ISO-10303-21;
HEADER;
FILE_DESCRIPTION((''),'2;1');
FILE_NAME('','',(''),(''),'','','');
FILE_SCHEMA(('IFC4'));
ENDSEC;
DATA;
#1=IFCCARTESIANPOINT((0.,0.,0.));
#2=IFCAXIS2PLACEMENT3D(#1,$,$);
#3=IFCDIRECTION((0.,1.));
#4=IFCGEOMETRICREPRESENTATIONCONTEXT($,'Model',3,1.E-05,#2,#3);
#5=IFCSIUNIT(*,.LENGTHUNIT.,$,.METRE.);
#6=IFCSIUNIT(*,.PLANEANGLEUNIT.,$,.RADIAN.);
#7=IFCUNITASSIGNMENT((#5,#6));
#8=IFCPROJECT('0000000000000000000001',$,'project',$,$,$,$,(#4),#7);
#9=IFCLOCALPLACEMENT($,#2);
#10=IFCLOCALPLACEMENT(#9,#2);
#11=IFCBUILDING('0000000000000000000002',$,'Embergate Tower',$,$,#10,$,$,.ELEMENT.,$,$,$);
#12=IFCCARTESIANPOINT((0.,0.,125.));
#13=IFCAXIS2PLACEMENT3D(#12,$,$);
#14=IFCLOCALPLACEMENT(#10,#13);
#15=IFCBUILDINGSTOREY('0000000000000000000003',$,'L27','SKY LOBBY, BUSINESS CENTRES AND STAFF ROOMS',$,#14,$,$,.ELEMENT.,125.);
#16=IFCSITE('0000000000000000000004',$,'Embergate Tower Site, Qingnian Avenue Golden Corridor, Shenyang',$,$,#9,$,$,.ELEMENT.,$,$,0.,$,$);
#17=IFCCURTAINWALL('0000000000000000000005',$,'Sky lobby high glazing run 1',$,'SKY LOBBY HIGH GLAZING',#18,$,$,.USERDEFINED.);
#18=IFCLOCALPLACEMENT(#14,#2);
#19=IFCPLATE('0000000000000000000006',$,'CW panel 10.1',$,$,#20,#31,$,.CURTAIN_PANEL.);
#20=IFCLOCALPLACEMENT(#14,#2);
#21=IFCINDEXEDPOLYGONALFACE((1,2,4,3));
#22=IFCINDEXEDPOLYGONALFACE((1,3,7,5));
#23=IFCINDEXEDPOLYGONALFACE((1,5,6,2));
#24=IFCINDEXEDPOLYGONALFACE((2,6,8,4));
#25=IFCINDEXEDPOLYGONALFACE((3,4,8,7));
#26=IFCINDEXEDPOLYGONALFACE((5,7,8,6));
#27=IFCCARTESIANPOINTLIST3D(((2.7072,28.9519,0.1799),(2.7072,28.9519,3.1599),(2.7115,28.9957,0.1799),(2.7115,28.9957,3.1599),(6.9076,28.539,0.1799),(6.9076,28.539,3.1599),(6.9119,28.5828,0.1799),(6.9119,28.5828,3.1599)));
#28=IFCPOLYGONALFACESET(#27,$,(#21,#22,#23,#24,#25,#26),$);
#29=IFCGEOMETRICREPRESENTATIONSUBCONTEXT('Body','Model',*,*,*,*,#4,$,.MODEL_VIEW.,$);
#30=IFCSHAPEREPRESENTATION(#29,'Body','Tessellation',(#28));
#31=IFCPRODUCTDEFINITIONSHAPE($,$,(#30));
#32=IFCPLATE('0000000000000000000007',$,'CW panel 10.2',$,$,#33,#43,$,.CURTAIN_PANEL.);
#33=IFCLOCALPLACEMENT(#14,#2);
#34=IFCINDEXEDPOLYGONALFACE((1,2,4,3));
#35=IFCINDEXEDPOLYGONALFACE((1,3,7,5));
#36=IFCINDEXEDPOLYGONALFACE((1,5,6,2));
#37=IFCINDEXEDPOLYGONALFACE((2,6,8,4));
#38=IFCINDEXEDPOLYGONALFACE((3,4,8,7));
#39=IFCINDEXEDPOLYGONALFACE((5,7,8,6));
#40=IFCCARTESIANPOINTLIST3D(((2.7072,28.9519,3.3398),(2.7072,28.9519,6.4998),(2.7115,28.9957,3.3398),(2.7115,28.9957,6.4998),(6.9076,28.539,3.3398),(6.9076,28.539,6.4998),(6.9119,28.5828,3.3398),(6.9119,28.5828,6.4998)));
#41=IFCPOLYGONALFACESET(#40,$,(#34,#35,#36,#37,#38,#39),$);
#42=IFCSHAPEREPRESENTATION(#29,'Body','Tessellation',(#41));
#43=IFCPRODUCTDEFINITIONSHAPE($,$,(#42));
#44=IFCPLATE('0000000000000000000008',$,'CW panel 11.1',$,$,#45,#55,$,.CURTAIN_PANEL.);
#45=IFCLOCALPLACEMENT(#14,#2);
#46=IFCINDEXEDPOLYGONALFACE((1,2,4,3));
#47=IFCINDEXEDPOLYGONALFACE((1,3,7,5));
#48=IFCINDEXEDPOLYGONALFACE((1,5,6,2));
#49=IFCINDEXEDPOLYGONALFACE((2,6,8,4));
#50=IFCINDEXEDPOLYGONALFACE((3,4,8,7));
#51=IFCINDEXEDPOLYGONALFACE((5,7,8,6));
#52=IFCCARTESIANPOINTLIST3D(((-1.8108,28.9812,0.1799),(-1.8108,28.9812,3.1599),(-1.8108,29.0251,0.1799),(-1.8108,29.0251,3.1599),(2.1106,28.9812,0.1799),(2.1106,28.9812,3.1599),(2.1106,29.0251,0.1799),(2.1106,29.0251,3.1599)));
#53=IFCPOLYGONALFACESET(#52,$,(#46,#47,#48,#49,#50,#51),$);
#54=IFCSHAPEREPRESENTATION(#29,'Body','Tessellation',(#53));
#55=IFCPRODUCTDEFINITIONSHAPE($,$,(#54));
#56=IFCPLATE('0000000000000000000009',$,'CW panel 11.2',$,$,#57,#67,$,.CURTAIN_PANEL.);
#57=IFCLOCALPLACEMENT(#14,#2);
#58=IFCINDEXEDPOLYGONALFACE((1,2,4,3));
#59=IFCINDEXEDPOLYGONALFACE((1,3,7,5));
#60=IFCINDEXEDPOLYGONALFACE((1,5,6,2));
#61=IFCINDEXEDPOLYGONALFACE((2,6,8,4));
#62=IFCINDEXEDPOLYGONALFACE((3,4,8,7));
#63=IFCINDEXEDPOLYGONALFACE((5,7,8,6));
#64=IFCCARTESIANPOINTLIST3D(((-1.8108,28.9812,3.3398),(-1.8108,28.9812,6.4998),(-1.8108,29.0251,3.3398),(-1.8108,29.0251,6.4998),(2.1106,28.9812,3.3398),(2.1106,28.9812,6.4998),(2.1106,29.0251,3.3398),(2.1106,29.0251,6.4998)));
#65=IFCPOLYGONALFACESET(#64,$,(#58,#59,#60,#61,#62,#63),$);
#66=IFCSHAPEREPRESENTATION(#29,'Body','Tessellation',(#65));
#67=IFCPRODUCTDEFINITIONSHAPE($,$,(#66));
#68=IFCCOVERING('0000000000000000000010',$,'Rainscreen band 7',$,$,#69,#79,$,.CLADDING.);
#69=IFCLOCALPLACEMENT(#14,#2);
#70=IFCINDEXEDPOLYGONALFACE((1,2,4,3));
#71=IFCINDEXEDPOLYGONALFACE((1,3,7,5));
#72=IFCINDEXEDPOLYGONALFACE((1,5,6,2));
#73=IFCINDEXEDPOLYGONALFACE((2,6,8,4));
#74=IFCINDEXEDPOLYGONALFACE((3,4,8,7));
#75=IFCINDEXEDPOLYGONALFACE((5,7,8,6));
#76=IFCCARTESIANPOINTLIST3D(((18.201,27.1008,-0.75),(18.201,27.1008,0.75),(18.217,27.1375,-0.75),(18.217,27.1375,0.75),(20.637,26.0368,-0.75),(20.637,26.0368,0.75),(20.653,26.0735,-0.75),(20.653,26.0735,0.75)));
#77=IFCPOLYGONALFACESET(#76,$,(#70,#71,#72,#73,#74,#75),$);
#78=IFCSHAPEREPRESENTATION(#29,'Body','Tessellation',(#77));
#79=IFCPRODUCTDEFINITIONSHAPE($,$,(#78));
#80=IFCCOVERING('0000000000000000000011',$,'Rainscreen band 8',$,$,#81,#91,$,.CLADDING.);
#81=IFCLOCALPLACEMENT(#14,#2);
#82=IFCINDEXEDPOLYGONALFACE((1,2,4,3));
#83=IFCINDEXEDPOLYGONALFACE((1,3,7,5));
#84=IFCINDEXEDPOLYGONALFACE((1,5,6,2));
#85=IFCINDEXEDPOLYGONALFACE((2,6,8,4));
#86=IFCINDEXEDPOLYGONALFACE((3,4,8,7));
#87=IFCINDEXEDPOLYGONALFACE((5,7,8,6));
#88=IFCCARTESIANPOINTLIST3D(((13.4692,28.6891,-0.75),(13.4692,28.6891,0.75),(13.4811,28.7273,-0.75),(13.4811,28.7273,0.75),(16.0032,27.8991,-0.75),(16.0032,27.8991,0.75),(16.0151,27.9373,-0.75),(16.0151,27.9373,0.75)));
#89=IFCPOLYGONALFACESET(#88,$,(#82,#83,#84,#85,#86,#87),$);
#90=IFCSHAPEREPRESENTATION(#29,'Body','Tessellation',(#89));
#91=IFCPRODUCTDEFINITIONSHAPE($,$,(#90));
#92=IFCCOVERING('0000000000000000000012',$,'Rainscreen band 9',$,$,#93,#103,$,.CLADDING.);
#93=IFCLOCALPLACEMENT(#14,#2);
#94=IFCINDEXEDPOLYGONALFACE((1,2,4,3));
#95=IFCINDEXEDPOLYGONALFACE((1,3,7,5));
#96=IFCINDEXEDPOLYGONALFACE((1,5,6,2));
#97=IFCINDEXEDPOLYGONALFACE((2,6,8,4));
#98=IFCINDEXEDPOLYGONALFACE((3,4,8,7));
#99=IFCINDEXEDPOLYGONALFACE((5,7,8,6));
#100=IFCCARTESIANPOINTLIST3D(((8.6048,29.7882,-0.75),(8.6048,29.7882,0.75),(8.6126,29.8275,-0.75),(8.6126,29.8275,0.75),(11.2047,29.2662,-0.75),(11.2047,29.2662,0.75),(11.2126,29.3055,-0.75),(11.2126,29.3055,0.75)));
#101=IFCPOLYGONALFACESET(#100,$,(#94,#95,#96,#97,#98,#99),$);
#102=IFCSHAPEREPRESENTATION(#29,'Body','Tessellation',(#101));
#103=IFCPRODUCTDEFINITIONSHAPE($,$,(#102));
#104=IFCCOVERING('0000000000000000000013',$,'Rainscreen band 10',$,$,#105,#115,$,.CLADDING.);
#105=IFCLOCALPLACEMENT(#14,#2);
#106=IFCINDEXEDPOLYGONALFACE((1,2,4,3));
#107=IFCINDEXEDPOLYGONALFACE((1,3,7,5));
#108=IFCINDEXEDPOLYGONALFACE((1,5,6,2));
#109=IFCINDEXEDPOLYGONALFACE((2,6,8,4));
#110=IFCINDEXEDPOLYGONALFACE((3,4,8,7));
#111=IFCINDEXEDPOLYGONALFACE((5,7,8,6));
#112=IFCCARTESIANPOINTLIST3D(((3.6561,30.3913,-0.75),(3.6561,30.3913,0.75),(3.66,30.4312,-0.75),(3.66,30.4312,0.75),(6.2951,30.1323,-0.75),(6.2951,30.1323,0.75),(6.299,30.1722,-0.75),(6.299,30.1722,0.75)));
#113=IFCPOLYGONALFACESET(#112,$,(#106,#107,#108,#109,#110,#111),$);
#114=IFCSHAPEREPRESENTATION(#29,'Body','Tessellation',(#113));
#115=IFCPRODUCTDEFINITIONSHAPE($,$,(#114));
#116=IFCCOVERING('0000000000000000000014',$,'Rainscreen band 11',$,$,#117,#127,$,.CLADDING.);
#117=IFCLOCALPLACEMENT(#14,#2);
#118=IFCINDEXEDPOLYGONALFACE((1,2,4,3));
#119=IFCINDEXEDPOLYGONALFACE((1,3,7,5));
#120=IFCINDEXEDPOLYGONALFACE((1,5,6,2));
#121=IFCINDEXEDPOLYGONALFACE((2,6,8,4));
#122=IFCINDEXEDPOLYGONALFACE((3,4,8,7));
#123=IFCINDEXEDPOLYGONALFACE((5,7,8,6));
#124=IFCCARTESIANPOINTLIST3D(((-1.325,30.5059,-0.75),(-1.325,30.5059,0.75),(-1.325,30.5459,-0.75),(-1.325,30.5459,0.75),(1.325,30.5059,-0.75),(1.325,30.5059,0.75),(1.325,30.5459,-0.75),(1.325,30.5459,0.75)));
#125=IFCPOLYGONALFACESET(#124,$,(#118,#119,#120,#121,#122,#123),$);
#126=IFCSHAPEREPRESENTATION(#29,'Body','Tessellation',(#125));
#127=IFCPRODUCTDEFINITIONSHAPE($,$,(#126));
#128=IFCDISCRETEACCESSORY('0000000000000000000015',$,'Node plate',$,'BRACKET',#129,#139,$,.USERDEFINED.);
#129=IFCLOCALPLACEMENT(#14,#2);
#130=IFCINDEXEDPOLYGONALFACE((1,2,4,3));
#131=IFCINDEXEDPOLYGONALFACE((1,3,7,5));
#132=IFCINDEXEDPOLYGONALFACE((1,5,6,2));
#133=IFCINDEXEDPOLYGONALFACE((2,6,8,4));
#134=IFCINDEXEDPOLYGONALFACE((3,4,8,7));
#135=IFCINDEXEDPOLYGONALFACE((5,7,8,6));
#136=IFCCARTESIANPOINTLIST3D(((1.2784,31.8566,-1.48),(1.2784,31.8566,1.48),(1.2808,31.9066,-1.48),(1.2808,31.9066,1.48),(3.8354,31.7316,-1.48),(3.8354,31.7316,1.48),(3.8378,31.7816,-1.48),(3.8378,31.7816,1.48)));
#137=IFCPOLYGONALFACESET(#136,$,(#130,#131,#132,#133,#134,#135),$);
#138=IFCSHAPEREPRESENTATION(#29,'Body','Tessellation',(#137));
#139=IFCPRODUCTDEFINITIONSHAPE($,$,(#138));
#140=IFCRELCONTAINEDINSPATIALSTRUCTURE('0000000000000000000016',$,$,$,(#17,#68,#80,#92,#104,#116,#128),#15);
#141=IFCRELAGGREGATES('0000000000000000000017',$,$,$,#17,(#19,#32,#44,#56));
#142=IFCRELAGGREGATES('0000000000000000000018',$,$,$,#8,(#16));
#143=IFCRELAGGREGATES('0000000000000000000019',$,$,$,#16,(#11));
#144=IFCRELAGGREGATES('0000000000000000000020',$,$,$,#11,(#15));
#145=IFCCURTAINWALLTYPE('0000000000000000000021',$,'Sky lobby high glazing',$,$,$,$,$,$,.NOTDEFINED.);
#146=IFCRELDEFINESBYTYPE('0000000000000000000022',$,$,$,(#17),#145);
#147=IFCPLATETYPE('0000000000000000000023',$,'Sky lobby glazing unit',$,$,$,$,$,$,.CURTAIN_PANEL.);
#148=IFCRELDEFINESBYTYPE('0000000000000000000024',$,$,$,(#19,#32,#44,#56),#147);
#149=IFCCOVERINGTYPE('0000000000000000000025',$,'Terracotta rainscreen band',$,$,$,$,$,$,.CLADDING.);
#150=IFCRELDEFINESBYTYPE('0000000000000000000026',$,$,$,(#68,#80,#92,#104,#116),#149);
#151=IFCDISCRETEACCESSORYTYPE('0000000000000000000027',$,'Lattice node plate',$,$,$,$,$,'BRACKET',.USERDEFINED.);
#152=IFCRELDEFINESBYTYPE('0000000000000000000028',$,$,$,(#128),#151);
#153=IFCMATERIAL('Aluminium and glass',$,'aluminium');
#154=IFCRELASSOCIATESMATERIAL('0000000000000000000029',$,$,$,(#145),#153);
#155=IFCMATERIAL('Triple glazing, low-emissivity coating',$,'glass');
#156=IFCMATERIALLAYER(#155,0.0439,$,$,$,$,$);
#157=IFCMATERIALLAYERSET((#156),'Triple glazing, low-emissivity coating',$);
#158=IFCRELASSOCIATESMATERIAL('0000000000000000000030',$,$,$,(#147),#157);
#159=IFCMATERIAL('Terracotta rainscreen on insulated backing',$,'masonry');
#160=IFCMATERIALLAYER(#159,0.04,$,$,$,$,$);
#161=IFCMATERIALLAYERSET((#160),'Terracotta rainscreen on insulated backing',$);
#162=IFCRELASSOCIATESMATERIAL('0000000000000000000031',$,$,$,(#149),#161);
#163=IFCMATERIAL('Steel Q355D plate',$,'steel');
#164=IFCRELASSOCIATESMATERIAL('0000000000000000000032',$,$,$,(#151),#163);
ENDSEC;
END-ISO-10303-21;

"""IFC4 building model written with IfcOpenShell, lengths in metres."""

from ifc_helpers import new_model, si_unit, direction, frame, origin, origin_2d, place, context, subcontext, project, spatial, rectangle, extrude, source, transform, mapped, material, layer, layer_set, type_object, element, aggregate, save


model = new_model("IFC4")

# Units and contexts
model_context = context("Model", 3, precision=1e-05, world=origin(), true_north=direction((0.0, 1.0)))
body_context = subcontext(model_context, "Body", "Model", "MODEL_VIEW")
ifc_project = project(units=[si_unit("LENGTHUNIT", "METRE"), si_unit("PLANEANGLEUNIT", "RADIAN")], contexts=[model_context])

# Site, building, storey
site_placement = place(None, origin())
site = spatial("IfcSite", under=ifc_project, at=site_placement, Name="Embergate Tower Site, Qingnian Avenue Golden Corridor, Shenyang", CompositionType="ELEMENT", RefElevation=0.0)
building_placement = place(site_placement, origin())
building = spatial("IfcBuilding", under=site, at=building_placement, Name="Embergate Tower", CompositionType="ELEMENT")
storey_placement = place(building_placement, frame((0.0, 0.0, 125.0)))
storey = spatial("IfcBuildingStorey", under=building, at=storey_placement, Name="L27", Description="SKY LOBBY, BUSINESS CENTRES AND STAFF ROOMS", CompositionType="ELEMENT", Elevation=125.0)

# Curtain wall, plates
ifc_material_1 = material(Name="Aluminium and glass", Category="aluminium")
curtain_wall_type = type_object("IfcCurtainWallType", Name="Sky lobby high glazing", PredefinedType="NOTDEFINED", material=ifc_material_1)
curtain_wall_placement = place(storey_placement, origin())
curtain_wall = element("IfcCurtainWall", 1, at=curtain_wall_placement, inside=storey, type_object=curtain_wall_type, Name="Sky lobby high glazing run 1", ObjectType="SKY LOBBY HIGH GLAZING", PredefinedType="USERDEFINED")
ifc_material_2 = material(Name="Triple glazing, low-emissivity coating", Category="glass")
ifc_layer_1 = layer(ifc_material_2, 0.0439)
ifc_layer_set_1 = layer_set([ifc_layer_1], Name="Triple glazing, low-emissivity coating")
plate_type = type_object("IfcPlateType", Name="Sky lobby glazing unit", PredefinedType="CURTAIN_PANEL", material=ifc_layer_set_1)
shared_shape_1 = source(origin(), body_context, "Body", "SweptSolid", [
    extrude(rectangle(XDim=4.2207, YDim=0.0439, at=origin_2d()), origin(), (0.0, 0.0, 1.0), 2.98),
])
plate_1_placement = place(storey_placement, frame((4.8096, 28.7673, 0.1799), z_axis=(0.0, 0.0, 1.0), x_axis=(-0.995203, 0.097828, 0.0)))
plate_1 = element("IfcPlate", 2, at=plate_1_placement, type_object=plate_type, Name="CW panel 10.1", PredefinedType="CURTAIN_PANEL", context=body_context, shape_type="MappedRepresentation", body=[
    mapped(shared_shape_1, transform((0.0, 0.0, 0.0))),
])
shared_shape_2 = source(origin(), body_context, "Body", "SweptSolid", [
    extrude(rectangle(XDim=4.2207, YDim=0.0439, at=origin_2d()), origin(), (0.0, 0.0, 1.0), 3.1599),
])
plate_2_placement = place(storey_placement, frame((4.8096, 28.7673, 3.3398), z_axis=(0.0, 0.0, 1.0), x_axis=(-0.995203, 0.097828, 0.0)))
plate_2 = element("IfcPlate", 3, at=plate_2_placement, type_object=plate_type, Name="CW panel 10.2", PredefinedType="CURTAIN_PANEL", context=body_context, shape_type="MappedRepresentation", body=[
    mapped(shared_shape_2, transform((0.0, 0.0, 0.0))),
])
shared_shape_3 = source(origin(), body_context, "Body", "SweptSolid", [
    extrude(rectangle(XDim=3.9214, YDim=0.0439, at=origin_2d()), origin(), (0.0, 0.0, 1.0), 2.98),
])
plate_3_placement = place(storey_placement, frame((0.1499, 29.0032, 0.1799), z_axis=(0.0, 0.0, 1.0), x_axis=(-1.0, 0.0, 0.0)))
plate_3 = element("IfcPlate", 4, at=plate_3_placement, type_object=plate_type, Name="CW panel 11.1", PredefinedType="CURTAIN_PANEL", context=body_context, shape_type="MappedRepresentation", body=[
    mapped(shared_shape_3, transform((0.0, 0.0, 0.0))),
])
shared_shape_4 = source(origin(), body_context, "Body", "SweptSolid", [
    extrude(rectangle(XDim=3.9214, YDim=0.0439, at=origin_2d()), origin(), (0.0, 0.0, 1.0), 3.1599),
])
plate_4_placement = place(storey_placement, frame((0.1499, 29.0032, 3.3398), z_axis=(0.0, 0.0, 1.0), x_axis=(-1.0, 0.0, 0.0)))
plate_4 = element("IfcPlate", 5, at=plate_4_placement, type_object=plate_type, Name="CW panel 11.2", PredefinedType="CURTAIN_PANEL", context=body_context, shape_type="MappedRepresentation", body=[
    mapped(shared_shape_4, transform((0.0, 0.0, 0.0))),
])
aggregate(curtain_wall, [plate_1, plate_2, plate_3, plate_4])

# Coverings
ifc_material_3 = material(Name="Terracotta rainscreen on insulated backing", Category="masonry")
ifc_layer_2 = layer(ifc_material_3, 0.04)
ifc_layer_set_2 = layer_set([ifc_layer_2], Name="Terracotta rainscreen on insulated backing")
covering_type = type_object("IfcCoveringType", Name="Terracotta rainscreen band", PredefinedType="CLADDING", material=ifc_layer_set_2)
shared_shape_5 = source(origin(), body_context, "Body", "SweptSolid", [
    extrude(rectangle(XDim=2.6582, YDim=0.04, at=origin_2d()), origin(), (0.0, 0.0, 1.0), 1.5),
])
covering_1_placement = place(storey_placement, frame((19.427, 26.5872, -0.75), z_axis=(0.0, 0.0, 1.0), x_axis=(-0.916399, 0.400266, 0.0)))
element("IfcCovering", 6, at=covering_1_placement, inside=storey, type_object=covering_type, Name="Rainscreen band 7", PredefinedType="CLADDING", context=body_context, shape_type="MappedRepresentation", body=[
    mapped(shared_shape_5, transform((0.0, 0.0, 0.0))),
])
shared_shape_6 = source(origin(), body_context, "Body", "SweptSolid", [
    extrude(rectangle(XDim=2.6543, YDim=0.04, at=origin_2d()), origin(), (0.0, 0.0, 1.0), 1.5),
])
covering_2_placement = place(storey_placement, frame((14.7422, 28.3132, -0.75), z_axis=(0.0, 0.0, 1.0), x_axis=(-0.954681, 0.297631, 0.0)))
element("IfcCovering", 7, at=covering_2_placement, inside=storey, type_object=covering_type, Name="Rainscreen band 8", PredefinedType="CLADDING", context=body_context, shape_type="MappedRepresentation", body=[
    mapped(shared_shape_6, transform((0.0, 0.0, 0.0))),
])
shared_shape_7 = source(origin(), body_context, "Body", "SweptSolid", [
    extrude(rectangle(XDim=2.6519, YDim=0.04, at=origin_2d()), origin(), (0.0, 0.0, 1.0), 1.5),
])
covering_3_placement = place(storey_placement, frame((9.9087, 29.5469, -0.75), z_axis=(0.0, 0.0, 1.0), x_axis=(-0.980435, 0.196841, 0.0)))
element("IfcCovering", 8, at=covering_3_placement, inside=storey, type_object=covering_type, Name="Rainscreen band 9", PredefinedType="CLADDING", context=body_context, shape_type="MappedRepresentation", body=[
    mapped(shared_shape_7, transform((0.0, 0.0, 0.0))),
])
shared_shape_8 = source(origin(), body_context, "Body", "SweptSolid", [
    extrude(rectangle(XDim=2.6516, YDim=0.04, at=origin_2d()), origin(), (0.0, 0.0, 1.0), 1.5),
])
covering_4_placement = place(storey_placement, frame((4.9775, 30.2817, -0.75), z_axis=(0.0, 0.0, 1.0), x_axis=(-0.995219, 0.097673, 0.0)))
element("IfcCovering", 9, at=covering_4_placement, inside=storey, type_object=covering_type, Name="Rainscreen band 10", PredefinedType="CLADDING", context=body_context, shape_type="MappedRepresentation", body=[
    mapped(shared_shape_8, transform((0.0, 0.0, 0.0))),
])
shared_shape_9 = source(origin(), body_context, "Body", "SweptSolid", [
    extrude(rectangle(XDim=2.6499, YDim=0.04, at=origin_2d()), origin(), (0.0, 0.0, 1.0), 1.5),
])
covering_5_placement = place(storey_placement, frame((0.0, 30.5259, -0.75), z_axis=(0.0, 0.0, 1.0), x_axis=(-1.0, 0.0, 0.0)))
element("IfcCovering", 10, at=covering_5_placement, inside=storey, type_object=covering_type, Name="Rainscreen band 11", PredefinedType="CLADDING", context=body_context, shape_type="MappedRepresentation", body=[
    mapped(shared_shape_9, transform((0.0, 0.0, 0.0))),
])

# Discrete accessory
ifc_material_4 = material(Name="Steel Q355D plate", Category="steel")
discrete_accessory_type = type_object("IfcDiscreteAccessoryType", Name="Lattice node plate", ElementType="BRACKET", PredefinedType="USERDEFINED", material=ifc_material_4)
shared_shape_10 = source(origin(), body_context, "Body", "SweptSolid", [
    extrude(rectangle(XDim=2.5601, YDim=0.05, at=origin_2d()), origin(), (0.0, 0.0, 1.0), 2.96),
])
discrete_accessory_placement = place(storey_placement, frame((2.5581, 31.8191, -1.48), z_axis=(0.0, 0.0, 1.0), x_axis=(-0.998808, 0.048815, 0.0)))
element("IfcDiscreteAccessory", 11, at=discrete_accessory_placement, inside=storey, type_object=discrete_accessory_type, Name="Node plate", ObjectType="BRACKET", PredefinedType="USERDEFINED", context=body_context, shape_type="MappedRepresentation", body=[
    mapped(shared_shape_10, transform((0.0, 0.0, 0.0))),
])

save(model, "model.ifc")
